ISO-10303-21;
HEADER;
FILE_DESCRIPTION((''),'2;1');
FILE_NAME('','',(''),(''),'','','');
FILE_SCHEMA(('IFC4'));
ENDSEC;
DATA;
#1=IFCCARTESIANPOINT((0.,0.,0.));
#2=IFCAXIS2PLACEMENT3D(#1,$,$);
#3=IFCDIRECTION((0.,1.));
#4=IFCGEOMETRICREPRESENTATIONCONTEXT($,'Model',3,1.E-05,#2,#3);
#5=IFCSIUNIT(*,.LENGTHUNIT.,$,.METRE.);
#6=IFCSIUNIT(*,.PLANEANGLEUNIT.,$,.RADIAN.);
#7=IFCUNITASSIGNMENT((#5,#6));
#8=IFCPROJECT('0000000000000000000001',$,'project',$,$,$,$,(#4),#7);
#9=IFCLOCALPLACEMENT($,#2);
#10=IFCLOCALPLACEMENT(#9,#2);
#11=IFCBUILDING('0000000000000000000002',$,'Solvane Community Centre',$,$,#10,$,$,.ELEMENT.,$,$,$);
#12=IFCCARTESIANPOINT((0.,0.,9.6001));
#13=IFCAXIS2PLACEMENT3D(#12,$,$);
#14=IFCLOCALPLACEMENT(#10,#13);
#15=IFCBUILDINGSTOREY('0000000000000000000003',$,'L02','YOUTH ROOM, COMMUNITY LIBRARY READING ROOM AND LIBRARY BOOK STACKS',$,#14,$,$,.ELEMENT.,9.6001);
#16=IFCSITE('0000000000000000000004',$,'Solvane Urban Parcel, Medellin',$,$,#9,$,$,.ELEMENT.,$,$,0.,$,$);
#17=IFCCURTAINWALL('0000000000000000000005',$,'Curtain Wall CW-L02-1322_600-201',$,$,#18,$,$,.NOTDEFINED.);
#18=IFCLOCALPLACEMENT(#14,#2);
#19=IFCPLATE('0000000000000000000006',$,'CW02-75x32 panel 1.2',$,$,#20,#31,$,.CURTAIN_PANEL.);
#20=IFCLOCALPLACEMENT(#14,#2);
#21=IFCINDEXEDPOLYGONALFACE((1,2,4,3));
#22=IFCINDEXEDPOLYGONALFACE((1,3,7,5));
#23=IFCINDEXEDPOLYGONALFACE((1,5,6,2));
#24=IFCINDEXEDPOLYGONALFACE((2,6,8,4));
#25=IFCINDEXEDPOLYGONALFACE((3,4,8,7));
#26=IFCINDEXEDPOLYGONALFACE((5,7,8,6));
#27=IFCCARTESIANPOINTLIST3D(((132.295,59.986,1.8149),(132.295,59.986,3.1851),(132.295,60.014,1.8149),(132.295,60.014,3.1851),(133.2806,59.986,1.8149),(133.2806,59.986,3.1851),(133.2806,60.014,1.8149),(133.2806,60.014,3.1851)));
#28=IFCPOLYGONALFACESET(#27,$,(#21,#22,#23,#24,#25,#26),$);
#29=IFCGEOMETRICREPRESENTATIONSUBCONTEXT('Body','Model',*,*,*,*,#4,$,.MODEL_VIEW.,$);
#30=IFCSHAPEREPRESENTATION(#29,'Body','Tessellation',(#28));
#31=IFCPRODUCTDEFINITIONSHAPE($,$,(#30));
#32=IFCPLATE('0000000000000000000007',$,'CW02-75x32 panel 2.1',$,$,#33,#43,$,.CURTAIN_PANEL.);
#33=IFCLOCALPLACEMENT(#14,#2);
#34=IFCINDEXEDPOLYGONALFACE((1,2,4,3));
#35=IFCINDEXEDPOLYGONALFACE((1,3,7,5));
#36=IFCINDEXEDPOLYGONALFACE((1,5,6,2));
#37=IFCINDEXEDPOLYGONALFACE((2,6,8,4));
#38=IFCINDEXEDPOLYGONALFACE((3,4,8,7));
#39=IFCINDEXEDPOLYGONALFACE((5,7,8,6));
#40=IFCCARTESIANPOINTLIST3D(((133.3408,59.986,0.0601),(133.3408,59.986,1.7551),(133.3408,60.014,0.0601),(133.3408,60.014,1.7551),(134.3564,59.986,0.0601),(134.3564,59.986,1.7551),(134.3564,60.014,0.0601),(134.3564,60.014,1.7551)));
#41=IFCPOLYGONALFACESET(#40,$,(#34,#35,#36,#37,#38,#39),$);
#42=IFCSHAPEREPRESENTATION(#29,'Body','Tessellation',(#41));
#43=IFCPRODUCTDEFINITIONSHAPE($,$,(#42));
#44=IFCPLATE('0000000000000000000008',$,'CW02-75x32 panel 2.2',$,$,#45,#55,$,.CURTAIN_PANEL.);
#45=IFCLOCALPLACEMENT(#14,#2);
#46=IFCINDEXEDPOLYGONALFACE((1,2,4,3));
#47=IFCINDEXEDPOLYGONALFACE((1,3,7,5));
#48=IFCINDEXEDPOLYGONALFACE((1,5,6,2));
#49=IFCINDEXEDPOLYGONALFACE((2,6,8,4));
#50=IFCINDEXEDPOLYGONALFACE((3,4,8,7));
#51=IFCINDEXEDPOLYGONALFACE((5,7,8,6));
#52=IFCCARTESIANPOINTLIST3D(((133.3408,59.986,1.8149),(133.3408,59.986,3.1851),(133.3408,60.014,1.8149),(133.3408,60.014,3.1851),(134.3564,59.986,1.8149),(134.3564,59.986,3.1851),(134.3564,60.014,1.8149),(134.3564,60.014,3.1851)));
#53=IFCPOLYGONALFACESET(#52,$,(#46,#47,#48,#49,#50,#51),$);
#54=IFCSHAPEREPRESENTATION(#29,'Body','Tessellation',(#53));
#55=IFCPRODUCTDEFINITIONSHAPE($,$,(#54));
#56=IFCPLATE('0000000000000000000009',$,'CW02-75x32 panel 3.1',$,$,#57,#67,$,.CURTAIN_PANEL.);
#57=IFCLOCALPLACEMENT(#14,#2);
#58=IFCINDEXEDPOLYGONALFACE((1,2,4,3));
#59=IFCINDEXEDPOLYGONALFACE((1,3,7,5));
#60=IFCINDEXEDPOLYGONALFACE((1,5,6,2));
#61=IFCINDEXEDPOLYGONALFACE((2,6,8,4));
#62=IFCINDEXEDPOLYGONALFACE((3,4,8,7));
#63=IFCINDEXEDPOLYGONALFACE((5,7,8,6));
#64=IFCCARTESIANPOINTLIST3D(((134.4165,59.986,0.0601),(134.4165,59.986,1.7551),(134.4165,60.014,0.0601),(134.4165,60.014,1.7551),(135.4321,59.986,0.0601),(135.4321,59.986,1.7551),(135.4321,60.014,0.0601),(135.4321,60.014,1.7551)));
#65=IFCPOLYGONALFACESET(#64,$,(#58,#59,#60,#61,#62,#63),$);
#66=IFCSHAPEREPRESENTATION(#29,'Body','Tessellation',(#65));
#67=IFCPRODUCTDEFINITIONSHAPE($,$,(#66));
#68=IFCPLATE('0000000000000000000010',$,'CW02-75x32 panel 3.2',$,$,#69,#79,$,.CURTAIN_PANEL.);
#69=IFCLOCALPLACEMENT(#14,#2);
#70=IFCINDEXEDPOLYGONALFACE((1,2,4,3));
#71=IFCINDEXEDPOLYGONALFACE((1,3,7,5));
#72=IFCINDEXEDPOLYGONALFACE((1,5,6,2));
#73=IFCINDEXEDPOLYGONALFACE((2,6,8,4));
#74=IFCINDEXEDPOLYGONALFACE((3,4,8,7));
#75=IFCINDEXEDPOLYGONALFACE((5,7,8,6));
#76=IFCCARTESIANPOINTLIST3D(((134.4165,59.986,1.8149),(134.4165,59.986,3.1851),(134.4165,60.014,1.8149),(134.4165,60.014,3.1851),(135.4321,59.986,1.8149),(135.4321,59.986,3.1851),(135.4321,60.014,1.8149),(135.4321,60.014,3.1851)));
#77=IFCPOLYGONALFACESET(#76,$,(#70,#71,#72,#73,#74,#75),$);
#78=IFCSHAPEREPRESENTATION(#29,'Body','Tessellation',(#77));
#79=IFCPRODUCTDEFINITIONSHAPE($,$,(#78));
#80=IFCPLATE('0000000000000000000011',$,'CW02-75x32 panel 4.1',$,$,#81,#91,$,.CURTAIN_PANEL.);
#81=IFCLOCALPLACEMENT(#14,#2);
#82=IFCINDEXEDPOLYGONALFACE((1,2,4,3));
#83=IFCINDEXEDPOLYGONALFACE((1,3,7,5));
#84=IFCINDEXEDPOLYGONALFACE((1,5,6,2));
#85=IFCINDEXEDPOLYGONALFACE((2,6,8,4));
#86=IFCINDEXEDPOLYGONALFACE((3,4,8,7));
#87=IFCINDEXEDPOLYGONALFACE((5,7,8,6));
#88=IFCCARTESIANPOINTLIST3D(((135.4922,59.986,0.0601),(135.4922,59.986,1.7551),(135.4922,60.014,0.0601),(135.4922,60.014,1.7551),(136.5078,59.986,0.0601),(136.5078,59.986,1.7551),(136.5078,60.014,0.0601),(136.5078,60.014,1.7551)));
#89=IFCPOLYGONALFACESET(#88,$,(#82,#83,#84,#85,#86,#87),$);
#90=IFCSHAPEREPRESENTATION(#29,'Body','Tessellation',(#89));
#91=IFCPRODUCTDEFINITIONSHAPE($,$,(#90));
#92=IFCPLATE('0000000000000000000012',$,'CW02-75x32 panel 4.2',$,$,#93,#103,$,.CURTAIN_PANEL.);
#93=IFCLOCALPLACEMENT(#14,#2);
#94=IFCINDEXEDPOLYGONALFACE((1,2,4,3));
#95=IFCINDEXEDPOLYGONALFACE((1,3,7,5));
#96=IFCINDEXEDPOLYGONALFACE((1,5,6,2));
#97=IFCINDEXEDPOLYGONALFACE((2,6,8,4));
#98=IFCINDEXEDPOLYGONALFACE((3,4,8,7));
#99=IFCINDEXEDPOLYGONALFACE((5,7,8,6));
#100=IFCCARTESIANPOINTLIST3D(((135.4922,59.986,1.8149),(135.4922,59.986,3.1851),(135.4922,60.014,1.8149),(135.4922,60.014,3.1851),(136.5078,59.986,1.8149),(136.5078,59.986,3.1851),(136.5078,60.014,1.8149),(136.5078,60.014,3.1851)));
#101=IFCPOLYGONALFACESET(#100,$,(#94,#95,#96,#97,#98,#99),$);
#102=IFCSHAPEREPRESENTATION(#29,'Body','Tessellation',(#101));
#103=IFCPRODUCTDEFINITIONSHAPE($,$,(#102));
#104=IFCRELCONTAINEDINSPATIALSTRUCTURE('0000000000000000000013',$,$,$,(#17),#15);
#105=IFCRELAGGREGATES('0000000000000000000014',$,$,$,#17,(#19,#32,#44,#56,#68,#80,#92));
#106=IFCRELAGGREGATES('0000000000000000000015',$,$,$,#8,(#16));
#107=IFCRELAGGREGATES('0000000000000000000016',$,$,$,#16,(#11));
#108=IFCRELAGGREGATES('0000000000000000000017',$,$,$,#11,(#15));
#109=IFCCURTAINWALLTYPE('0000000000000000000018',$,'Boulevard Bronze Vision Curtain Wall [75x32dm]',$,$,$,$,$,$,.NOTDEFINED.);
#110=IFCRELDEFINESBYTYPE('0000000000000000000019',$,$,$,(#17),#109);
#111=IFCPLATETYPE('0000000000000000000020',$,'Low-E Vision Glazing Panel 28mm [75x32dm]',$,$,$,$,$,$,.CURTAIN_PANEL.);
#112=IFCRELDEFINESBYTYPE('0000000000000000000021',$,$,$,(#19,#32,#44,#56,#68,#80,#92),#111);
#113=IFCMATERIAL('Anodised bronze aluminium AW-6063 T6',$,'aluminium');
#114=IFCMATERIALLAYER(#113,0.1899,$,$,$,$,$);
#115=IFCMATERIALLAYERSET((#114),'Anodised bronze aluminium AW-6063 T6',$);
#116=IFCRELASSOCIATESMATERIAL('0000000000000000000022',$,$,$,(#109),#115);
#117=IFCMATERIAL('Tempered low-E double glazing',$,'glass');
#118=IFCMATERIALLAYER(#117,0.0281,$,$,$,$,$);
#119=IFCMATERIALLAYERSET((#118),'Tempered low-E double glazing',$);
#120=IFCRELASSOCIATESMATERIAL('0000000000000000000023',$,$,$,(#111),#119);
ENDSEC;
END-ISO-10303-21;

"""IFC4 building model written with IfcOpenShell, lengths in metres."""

from ifc_helpers import new_model, si_unit, direction, frame, origin, origin_2d, place, context, subcontext, project, spatial, rectangle, extrude, material, layer, layer_set, type_object, element, aggregate, save


model = new_model("IFC4")

# Units and contexts
model_context = context("Model", 3, precision=1e-05, world=origin(), true_north=direction((0.0, 1.0)))
body_context = subcontext(model_context, "Body", "Model", "MODEL_VIEW")
ifc_project = project(units=[si_unit("LENGTHUNIT", "METRE"), si_unit("PLANEANGLEUNIT", "RADIAN")], contexts=[model_context])

# Site, building, storey
site_placement = place(None, origin())
site = spatial("IfcSite", under=ifc_project, at=site_placement, Name="Solvane Urban Parcel, Medellin", CompositionType="ELEMENT", RefElevation=0.0)
building_placement = place(site_placement, origin())
building = spatial("IfcBuilding", under=site, at=building_placement, Name="Solvane Community Centre", CompositionType="ELEMENT")
storey_placement = place(building_placement, frame((0.0, 0.0, 9.6001)))
storey = spatial("IfcBuildingStorey", under=building, at=storey_placement, Name="L02", Description="YOUTH ROOM, COMMUNITY LIBRARY READING ROOM AND LIBRARY BOOK STACKS", CompositionType="ELEMENT", Elevation=9.6001)

# Curtain wall, plates
ifc_material_1 = material(Name="Anodised bronze aluminium AW-6063 T6", Category="aluminium")
ifc_layer_1 = layer(ifc_material_1, 0.1899)
ifc_layer_set_1 = layer_set([ifc_layer_1], Name="Anodised bronze aluminium AW-6063 T6")
curtain_wall_type = type_object("IfcCurtainWallType", Name="Boulevard Bronze Vision Curtain Wall [75x32dm]", PredefinedType="NOTDEFINED", material=ifc_layer_set_1)
curtain_wall_placement = place(storey_placement, origin())
curtain_wall = element("IfcCurtainWall", 1, at=curtain_wall_placement, inside=storey, type_object=curtain_wall_type, Name="Curtain Wall CW-L02-1322_600-201", PredefinedType="NOTDEFINED")
ifc_material_2 = material(Name="Tempered low-E double glazing", Category="glass")
ifc_layer_2 = layer(ifc_material_2, 0.0281)
ifc_layer_set_2 = layer_set([ifc_layer_2], Name="Tempered low-E double glazing")
plate_type = type_object("IfcPlateType", Name="Low-E Vision Glazing Panel 28mm [75x32dm]", PredefinedType="CURTAIN_PANEL", material=ifc_layer_set_2)
plate_1_placement = place(storey_placement, frame((132.7878, 60.0, 1.8149), z_axis=(0.0, 0.0, 1.0), x_axis=(1.0, 0.0, 0.0)))
plate_1 = element("IfcPlate", 2, at=plate_1_placement, type_object=plate_type, Name="CW02-75x32 panel 1.2", PredefinedType="CURTAIN_PANEL", context=body_context, shape_type="SweptSolid", body=[
    extrude(rectangle(XDim=0.9856, YDim=0.0281, at=origin_2d()), origin(), (0.0, 0.0, 1.0), 1.3701),
])
plate_2_placement = place(storey_placement, frame((133.8486, 60.0, 0.0601), z_axis=(0.0, 0.0, 1.0), x_axis=(1.0, 0.0, 0.0)))
plate_2 = element("IfcPlate", 3, at=plate_2_placement, type_object=plate_type, Name="CW02-75x32 panel 2.1", PredefinedType="CURTAIN_PANEL", context=body_context, shape_type="SweptSolid", body=[
    extrude(rectangle(XDim=1.0156, YDim=0.0281, at=origin_2d()), origin(), (0.0, 0.0, 1.0), 1.6951),
])
plate_3_placement = place(storey_placement, frame((133.8486, 60.0, 1.8149), z_axis=(0.0, 0.0, 1.0), x_axis=(1.0, 0.0, 0.0)))
plate_3 = element("IfcPlate", 4, at=plate_3_placement, type_object=plate_type, Name="CW02-75x32 panel 2.2", PredefinedType="CURTAIN_PANEL", context=body_context, shape_type="SweptSolid", body=[
    extrude(rectangle(XDim=1.0156, YDim=0.0281, at=origin_2d()), origin(), (0.0, 0.0, 1.0), 1.3701),
])
plate_4_placement = place(storey_placement, frame((134.9243, 60.0, 0.0601), z_axis=(0.0, 0.0, 1.0), x_axis=(1.0, 0.0, 0.0)))
plate_4 = element("IfcPlate", 5, at=plate_4_placement, type_object=plate_type, Name="CW02-75x32 panel 3.1", PredefinedType="CURTAIN_PANEL", context=body_context, shape_type="SweptSolid", body=[
    extrude(rectangle(XDim=1.0156, YDim=0.0281, at=origin_2d()), origin(), (0.0, 0.0, 1.0), 1.6951),
])
plate_5_placement = place(storey_placement, frame((134.9243, 60.0, 1.8149), z_axis=(0.0, 0.0, 1.0), x_axis=(1.0, 0.0, 0.0)))
plate_5 = element("IfcPlate", 6, at=plate_5_placement, type_object=plate_type, Name="CW02-75x32 panel 3.2", PredefinedType="CURTAIN_PANEL", context=body_context, shape_type="SweptSolid", body=[
    extrude(rectangle(XDim=1.0156, YDim=0.0281, at=origin_2d()), origin(), (0.0, 0.0, 1.0), 1.3701),
])
plate_6_placement = place(storey_placement, frame((136.0, 60.0, 0.0601), z_axis=(0.0, 0.0, 1.0), x_axis=(1.0, 0.0, 0.0)))
plate_6 = element("IfcPlate", 7, at=plate_6_placement, type_object=plate_type, Name="CW02-75x32 panel 4.1", PredefinedType="CURTAIN_PANEL", context=body_context, shape_type="SweptSolid", body=[
    extrude(rectangle(XDim=1.0156, YDim=0.0281, at=origin_2d()), origin(), (0.0, 0.0, 1.0), 1.6951),
])
plate_7_placement = place(storey_placement, frame((136.0, 60.0, 1.8149), z_axis=(0.0, 0.0, 1.0), x_axis=(1.0, 0.0, 0.0)))
plate_7 = element("IfcPlate", 8, at=plate_7_placement, type_object=plate_type, Name="CW02-75x32 panel 4.2", PredefinedType="CURTAIN_PANEL", context=body_context, shape_type="SweptSolid", body=[
    extrude(rectangle(XDim=1.0156, YDim=0.0281, at=origin_2d()), origin(), (0.0, 0.0, 1.0), 1.3701),
])
aggregate(curtain_wall, [plate_1, plate_2, plate_3, plate_4, plate_5, plate_6, plate_7])

save(model, "model.ifc")
